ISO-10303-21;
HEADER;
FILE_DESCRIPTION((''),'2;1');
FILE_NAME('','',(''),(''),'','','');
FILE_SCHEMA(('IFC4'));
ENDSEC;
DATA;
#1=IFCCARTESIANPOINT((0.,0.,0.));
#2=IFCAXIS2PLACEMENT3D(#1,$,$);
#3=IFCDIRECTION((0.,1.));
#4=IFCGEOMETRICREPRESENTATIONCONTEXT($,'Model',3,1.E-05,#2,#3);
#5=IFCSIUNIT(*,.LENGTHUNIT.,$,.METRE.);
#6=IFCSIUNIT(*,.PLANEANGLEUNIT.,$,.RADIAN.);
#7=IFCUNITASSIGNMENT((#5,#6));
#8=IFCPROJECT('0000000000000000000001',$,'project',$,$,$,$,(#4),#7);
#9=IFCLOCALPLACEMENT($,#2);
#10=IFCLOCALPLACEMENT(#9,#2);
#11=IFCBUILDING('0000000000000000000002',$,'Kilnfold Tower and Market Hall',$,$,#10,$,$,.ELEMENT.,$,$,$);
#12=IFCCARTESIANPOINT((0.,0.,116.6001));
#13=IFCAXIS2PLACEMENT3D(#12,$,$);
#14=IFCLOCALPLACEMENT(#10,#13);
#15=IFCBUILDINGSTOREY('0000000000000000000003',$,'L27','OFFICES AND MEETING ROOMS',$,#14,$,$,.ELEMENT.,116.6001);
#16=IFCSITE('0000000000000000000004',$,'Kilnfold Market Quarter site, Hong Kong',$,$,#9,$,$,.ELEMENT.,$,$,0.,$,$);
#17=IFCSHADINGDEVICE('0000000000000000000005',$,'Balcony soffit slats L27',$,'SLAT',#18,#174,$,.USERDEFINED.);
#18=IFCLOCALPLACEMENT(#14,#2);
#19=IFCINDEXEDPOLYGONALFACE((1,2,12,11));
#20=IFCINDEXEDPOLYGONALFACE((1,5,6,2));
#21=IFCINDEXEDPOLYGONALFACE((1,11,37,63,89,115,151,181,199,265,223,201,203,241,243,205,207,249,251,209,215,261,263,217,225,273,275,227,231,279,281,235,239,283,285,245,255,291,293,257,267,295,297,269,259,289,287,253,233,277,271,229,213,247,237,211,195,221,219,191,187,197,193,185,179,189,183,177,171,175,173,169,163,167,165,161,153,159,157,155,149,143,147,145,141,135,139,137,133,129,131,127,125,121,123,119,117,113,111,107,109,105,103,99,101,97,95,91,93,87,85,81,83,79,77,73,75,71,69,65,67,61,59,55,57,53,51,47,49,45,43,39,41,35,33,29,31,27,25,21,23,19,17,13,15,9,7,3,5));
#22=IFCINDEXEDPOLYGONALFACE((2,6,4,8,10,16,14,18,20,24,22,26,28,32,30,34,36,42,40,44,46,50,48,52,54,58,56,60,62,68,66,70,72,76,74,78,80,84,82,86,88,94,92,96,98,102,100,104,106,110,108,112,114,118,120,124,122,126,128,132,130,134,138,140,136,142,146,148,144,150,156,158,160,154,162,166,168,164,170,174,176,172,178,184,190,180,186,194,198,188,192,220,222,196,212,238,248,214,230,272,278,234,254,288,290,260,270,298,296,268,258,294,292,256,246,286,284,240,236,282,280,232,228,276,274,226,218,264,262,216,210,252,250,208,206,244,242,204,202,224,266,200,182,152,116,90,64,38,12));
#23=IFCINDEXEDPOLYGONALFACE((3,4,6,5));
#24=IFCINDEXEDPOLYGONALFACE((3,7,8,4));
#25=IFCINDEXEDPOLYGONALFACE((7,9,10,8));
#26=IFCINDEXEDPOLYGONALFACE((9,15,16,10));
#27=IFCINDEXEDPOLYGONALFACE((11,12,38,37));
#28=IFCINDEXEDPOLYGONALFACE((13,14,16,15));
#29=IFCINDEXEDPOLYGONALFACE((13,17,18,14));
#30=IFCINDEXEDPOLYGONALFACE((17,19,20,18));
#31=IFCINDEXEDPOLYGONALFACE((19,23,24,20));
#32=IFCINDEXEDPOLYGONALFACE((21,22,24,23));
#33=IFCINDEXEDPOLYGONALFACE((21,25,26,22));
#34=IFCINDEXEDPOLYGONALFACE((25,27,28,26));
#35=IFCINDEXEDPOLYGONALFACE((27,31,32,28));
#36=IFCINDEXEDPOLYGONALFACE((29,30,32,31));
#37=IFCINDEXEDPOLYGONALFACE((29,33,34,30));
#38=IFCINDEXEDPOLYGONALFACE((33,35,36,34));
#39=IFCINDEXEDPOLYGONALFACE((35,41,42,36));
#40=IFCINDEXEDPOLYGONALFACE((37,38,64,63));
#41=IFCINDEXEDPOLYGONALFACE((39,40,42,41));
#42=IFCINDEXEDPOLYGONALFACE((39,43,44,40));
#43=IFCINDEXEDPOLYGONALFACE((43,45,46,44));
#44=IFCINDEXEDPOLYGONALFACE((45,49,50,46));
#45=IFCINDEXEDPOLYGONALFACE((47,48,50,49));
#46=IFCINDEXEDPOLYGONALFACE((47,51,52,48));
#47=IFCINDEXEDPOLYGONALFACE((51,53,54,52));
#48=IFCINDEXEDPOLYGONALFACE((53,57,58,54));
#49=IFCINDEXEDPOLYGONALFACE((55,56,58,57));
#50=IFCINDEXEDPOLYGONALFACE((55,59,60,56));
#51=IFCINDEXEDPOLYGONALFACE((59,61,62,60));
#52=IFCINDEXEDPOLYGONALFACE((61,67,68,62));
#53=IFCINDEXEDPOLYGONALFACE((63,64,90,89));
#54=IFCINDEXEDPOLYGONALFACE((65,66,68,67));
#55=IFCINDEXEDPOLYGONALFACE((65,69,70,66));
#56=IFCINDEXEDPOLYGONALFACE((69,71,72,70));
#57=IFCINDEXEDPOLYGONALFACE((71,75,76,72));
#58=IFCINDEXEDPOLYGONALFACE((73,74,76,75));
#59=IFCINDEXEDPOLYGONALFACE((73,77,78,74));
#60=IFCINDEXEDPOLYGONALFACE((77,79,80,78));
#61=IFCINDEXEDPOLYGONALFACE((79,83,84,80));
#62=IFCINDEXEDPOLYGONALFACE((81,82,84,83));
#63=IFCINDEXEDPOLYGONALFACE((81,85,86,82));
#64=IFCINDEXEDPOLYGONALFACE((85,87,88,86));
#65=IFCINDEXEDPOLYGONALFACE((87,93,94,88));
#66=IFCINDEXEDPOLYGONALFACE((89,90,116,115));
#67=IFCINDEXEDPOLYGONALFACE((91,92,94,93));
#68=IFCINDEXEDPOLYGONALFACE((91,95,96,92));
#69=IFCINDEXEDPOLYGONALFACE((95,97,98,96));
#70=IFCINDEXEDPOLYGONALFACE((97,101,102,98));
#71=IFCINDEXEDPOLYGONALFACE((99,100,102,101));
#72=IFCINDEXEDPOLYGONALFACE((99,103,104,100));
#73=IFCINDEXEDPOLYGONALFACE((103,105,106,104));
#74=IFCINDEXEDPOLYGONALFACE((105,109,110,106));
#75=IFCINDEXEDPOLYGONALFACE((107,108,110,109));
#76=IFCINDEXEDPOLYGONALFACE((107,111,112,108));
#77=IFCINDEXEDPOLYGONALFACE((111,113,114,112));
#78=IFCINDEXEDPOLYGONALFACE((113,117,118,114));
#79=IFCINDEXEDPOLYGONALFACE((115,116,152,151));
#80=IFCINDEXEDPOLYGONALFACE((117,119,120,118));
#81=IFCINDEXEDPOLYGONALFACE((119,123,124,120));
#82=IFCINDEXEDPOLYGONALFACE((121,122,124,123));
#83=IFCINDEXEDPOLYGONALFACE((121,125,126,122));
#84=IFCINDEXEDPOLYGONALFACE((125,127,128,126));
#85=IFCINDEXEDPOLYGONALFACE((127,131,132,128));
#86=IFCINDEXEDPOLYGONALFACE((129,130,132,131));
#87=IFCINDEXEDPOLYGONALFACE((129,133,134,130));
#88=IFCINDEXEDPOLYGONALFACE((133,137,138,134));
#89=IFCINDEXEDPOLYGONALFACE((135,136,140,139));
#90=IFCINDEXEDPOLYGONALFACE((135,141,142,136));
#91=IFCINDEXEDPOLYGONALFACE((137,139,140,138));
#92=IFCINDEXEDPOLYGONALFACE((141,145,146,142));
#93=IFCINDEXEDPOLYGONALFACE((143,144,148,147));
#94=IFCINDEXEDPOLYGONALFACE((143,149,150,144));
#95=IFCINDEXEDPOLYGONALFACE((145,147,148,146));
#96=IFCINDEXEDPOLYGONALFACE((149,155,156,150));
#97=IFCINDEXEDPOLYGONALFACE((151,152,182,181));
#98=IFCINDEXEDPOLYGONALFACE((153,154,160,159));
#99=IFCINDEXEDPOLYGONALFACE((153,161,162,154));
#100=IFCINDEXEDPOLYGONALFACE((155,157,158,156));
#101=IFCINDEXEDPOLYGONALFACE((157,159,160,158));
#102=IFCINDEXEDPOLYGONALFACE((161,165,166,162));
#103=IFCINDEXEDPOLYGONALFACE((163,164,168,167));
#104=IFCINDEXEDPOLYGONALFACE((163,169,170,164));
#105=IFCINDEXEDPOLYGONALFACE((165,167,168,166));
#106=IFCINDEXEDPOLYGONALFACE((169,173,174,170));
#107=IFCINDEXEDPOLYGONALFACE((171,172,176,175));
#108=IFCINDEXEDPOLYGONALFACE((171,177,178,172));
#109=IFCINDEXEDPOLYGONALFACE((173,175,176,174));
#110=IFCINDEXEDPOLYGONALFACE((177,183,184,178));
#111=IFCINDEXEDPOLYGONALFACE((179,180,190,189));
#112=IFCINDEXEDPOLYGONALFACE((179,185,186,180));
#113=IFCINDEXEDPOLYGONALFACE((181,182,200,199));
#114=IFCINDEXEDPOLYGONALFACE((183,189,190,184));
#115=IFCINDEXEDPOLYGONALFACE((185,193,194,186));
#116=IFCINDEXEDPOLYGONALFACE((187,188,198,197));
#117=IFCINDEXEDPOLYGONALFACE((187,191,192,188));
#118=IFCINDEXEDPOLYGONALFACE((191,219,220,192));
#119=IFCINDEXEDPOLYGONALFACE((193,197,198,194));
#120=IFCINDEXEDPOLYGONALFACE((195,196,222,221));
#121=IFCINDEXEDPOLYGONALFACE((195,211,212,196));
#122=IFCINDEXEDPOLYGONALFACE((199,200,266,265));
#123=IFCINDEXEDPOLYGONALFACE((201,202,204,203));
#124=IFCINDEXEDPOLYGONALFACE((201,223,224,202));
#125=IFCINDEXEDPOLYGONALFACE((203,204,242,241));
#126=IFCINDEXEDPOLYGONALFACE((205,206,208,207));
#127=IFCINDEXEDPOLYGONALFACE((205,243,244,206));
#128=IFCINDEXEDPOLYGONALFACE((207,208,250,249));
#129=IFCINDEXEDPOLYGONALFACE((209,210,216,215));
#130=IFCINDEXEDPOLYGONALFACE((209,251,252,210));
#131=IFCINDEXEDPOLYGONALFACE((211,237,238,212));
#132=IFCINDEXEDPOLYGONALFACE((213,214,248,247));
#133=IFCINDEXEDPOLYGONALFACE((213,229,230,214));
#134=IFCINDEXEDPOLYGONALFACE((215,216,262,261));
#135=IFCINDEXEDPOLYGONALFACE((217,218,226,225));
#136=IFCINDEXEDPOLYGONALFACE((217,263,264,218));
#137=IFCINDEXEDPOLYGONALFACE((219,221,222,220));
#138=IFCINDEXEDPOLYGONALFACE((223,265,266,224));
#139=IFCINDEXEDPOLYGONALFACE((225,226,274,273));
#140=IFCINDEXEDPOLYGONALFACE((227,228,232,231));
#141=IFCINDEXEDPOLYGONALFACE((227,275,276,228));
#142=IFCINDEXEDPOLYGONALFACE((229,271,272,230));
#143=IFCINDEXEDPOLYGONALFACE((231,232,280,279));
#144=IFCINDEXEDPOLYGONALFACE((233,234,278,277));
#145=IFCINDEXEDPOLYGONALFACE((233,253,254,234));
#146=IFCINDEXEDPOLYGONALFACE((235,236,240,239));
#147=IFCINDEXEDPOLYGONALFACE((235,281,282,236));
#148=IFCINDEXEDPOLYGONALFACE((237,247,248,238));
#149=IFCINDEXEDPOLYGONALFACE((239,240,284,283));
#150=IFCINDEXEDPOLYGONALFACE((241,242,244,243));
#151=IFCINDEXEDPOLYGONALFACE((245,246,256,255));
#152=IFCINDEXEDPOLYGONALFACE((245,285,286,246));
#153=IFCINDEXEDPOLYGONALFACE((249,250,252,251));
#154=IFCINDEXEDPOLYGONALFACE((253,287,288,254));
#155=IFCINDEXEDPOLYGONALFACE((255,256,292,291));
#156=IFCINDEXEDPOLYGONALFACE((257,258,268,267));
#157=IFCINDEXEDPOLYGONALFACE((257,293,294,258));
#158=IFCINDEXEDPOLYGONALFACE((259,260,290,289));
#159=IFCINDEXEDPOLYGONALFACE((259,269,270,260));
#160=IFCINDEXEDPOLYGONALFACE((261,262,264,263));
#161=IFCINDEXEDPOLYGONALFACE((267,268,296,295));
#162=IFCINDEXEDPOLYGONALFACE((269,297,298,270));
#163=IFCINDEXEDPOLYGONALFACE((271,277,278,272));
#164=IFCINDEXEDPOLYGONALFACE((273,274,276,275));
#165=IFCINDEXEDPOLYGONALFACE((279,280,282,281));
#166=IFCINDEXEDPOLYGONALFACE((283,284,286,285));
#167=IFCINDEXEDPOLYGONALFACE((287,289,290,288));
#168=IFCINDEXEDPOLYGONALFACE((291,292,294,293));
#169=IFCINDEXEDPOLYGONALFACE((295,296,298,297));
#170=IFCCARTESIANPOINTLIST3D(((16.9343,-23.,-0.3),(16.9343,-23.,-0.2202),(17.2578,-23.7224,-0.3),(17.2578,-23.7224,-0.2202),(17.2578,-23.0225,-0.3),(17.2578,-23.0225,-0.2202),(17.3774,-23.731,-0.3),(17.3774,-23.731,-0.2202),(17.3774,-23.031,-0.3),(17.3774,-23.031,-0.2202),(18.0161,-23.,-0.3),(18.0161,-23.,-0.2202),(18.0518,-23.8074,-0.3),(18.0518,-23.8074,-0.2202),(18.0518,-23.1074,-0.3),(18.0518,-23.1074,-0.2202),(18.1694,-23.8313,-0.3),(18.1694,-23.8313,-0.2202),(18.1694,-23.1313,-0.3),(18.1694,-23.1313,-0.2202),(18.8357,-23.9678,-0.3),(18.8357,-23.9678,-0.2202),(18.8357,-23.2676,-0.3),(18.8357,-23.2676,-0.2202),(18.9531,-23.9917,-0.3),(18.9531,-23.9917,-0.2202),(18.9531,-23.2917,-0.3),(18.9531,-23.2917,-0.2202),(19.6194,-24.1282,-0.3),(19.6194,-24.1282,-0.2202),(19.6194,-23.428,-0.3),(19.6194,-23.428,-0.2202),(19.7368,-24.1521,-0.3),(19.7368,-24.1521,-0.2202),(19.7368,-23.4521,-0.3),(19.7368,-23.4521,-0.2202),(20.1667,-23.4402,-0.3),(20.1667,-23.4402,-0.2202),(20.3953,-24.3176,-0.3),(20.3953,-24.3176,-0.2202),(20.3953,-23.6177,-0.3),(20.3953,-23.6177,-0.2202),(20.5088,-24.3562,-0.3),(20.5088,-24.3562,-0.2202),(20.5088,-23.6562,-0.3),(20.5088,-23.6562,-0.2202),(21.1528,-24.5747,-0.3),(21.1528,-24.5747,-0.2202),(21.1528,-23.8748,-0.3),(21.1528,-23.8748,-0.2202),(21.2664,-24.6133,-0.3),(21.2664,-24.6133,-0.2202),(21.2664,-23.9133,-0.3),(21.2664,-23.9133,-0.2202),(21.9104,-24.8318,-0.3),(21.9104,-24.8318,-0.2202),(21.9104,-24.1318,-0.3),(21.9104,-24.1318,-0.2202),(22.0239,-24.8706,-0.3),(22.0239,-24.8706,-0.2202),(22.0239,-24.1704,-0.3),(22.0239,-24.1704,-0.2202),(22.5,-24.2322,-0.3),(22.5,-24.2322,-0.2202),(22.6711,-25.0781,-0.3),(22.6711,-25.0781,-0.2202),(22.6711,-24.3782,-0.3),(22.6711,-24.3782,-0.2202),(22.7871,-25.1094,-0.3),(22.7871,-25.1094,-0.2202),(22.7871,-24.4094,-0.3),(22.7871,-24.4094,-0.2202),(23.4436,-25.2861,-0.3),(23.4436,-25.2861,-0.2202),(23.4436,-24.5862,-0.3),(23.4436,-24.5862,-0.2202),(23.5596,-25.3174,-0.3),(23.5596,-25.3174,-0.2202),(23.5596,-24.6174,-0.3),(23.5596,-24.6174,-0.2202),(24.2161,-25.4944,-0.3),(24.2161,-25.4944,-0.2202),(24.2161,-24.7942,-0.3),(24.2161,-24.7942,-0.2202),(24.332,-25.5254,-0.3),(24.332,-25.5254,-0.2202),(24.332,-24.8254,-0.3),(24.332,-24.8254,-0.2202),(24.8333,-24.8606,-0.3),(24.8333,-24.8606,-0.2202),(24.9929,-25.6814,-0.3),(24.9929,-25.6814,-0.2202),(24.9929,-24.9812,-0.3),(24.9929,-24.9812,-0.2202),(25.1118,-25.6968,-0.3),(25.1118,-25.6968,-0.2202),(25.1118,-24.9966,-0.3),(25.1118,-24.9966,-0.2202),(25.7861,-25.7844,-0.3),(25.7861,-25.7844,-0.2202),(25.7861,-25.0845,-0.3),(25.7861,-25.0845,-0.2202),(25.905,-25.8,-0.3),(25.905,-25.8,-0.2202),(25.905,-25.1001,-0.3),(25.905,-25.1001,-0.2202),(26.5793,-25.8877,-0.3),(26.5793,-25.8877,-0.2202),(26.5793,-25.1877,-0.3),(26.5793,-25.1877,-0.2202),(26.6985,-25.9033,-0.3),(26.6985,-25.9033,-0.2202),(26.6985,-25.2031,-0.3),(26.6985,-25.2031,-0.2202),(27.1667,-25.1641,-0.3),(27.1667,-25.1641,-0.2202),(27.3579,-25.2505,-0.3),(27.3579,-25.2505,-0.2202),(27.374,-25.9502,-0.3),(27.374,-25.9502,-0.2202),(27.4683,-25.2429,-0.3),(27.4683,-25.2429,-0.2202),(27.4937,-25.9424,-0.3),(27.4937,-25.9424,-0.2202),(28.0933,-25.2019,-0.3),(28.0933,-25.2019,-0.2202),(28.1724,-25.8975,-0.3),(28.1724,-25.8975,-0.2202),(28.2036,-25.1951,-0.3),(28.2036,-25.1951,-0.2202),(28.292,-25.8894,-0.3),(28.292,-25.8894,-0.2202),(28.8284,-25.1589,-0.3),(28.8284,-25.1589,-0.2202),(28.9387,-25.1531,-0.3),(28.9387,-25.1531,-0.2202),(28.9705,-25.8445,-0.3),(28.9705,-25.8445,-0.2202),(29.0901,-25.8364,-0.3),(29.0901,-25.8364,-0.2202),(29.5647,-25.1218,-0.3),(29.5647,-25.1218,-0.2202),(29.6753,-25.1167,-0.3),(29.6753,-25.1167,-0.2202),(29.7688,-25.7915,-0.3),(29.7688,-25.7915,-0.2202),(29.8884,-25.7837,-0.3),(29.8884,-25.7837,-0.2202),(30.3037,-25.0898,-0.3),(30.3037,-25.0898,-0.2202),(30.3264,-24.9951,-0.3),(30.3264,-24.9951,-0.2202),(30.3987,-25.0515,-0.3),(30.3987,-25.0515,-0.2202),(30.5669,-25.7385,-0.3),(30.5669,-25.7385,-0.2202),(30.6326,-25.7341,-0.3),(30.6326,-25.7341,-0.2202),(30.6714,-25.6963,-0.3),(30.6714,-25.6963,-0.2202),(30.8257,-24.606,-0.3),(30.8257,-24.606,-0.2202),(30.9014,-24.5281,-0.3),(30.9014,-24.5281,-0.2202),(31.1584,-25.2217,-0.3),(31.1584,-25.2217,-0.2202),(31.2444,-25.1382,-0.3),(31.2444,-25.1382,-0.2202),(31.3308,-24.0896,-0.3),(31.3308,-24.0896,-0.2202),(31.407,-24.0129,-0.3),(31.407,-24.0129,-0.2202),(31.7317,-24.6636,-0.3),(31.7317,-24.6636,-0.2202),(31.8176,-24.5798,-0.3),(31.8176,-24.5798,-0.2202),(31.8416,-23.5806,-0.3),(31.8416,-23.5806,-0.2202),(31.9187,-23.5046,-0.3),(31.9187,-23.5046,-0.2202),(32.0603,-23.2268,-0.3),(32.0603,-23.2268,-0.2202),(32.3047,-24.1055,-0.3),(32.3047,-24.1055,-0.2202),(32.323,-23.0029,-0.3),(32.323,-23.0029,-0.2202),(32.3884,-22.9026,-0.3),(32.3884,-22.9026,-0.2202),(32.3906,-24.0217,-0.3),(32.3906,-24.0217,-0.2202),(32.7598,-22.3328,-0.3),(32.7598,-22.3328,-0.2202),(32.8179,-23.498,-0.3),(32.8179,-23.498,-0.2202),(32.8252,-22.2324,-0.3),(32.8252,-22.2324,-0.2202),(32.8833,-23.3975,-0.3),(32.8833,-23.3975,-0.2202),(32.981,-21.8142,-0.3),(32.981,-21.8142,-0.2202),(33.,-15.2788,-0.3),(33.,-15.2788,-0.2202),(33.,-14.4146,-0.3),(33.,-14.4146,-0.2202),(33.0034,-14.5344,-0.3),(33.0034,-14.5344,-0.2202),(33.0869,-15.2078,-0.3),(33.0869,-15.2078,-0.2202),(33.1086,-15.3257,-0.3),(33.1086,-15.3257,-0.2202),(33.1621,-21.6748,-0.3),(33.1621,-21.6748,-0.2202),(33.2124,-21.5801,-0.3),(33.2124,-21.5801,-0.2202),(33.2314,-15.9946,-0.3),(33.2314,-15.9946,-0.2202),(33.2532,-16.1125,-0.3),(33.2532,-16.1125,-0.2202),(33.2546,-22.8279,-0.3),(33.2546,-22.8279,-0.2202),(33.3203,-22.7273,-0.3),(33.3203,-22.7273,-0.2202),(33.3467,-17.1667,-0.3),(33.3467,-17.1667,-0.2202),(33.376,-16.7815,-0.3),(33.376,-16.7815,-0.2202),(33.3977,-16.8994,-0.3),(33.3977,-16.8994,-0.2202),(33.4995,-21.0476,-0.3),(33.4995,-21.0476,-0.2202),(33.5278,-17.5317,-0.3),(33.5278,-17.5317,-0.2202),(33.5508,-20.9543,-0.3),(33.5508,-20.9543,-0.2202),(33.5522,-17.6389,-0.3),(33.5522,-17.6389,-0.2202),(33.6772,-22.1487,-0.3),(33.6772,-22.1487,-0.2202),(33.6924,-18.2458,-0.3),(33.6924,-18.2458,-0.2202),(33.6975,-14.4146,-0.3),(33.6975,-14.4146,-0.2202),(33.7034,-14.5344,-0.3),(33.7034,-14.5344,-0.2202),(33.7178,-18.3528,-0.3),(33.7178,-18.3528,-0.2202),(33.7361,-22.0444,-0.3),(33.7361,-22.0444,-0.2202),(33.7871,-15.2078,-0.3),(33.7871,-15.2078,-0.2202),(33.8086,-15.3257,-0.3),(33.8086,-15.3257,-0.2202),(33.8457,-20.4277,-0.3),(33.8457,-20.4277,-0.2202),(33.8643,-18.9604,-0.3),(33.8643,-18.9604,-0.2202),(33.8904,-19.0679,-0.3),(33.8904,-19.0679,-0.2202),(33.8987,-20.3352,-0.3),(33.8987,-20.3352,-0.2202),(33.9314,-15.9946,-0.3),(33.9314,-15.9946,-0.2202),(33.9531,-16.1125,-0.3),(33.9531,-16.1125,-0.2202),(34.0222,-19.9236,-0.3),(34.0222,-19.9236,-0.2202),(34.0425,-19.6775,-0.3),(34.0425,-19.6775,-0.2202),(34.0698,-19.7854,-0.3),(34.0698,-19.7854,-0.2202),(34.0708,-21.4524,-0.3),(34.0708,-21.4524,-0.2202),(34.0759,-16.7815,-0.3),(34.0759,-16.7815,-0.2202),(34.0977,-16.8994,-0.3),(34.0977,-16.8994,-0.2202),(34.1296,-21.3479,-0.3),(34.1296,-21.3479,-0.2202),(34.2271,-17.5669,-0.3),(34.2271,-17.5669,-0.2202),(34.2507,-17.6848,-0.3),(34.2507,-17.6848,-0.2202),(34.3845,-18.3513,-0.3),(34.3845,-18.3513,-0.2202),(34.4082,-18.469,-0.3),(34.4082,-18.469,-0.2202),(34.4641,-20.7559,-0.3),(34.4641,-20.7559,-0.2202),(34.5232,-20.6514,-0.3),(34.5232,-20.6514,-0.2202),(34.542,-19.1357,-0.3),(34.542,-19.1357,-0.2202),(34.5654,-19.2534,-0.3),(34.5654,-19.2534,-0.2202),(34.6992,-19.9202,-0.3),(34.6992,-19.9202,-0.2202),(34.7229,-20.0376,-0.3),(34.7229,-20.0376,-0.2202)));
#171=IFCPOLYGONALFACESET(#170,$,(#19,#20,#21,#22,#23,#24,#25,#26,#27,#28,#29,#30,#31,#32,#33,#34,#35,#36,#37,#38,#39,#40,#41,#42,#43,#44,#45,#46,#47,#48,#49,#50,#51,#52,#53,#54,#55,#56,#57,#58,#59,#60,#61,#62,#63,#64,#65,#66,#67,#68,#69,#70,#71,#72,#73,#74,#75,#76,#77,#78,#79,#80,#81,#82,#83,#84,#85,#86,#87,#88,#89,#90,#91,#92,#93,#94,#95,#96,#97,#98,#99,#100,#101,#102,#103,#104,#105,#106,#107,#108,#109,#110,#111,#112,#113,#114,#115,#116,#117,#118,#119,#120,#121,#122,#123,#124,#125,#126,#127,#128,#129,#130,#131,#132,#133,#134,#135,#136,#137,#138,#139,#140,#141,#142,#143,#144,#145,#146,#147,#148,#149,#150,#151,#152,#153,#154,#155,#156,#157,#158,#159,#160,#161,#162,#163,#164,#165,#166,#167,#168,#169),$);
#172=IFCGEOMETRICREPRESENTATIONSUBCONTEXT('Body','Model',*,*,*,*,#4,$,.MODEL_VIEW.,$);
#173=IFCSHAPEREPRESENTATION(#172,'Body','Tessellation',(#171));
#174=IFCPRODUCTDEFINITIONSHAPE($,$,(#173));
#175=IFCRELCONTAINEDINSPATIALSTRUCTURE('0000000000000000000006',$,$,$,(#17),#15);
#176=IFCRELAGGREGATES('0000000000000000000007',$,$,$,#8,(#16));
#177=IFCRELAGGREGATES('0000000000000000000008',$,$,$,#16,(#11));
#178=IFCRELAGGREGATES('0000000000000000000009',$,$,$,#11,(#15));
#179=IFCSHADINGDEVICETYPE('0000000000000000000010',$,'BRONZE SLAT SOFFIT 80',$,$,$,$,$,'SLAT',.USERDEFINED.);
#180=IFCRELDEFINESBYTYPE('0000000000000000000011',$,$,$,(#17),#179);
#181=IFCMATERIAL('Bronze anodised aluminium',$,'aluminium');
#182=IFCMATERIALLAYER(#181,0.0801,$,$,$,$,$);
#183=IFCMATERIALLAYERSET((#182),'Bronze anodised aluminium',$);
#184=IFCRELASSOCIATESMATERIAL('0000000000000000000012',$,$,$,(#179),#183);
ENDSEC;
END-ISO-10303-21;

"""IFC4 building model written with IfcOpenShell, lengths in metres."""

from ifc_helpers import new_model, si_unit, direction, frame, origin, place, context, subcontext, project, spatial, polyline, outline, extrude, source, transform, mapped, material, layer, layer_set, type_object, element, save


model = new_model("IFC4")

# Units and contexts
model_context = context("Model", 3, precision=1e-05, world=origin(), true_north=direction((0.0, 1.0)))
body_context = subcontext(model_context, "Body", "Model", "MODEL_VIEW")
ifc_project = project(units=[si_unit("LENGTHUNIT", "METRE"), si_unit("PLANEANGLEUNIT", "RADIAN")], contexts=[model_context])

# Site, building, storey
site_placement = place(None, origin())
site = spatial("IfcSite", under=ifc_project, at=site_placement, Name="Kilnfold Market Quarter site, Hong Kong", CompositionType="ELEMENT", RefElevation=0.0)
building_placement = place(site_placement, origin())
building = spatial("IfcBuilding", under=site, at=building_placement, Name="Kilnfold Tower and Market Hall", CompositionType="ELEMENT")
storey_placement = place(building_placement, frame((0.0, 0.0, 116.6001)))
storey = spatial("IfcBuildingStorey", under=building, at=storey_placement, Name="L27", Description="OFFICES AND MEETING ROOMS", CompositionType="ELEMENT", Elevation=116.6001)

# Shading device
ifc_material_1 = material(Name="Bronze anodised aluminium", Category="aluminium")
ifc_layer_1 = layer(ifc_material_1, 0.0801)
ifc_layer_set_1 = layer_set([ifc_layer_1], Name="Bronze anodised aluminium")
shading_device_type_1 = type_object("IfcShadingDeviceType", Name="BRONZE SLAT SOFFIT 80", ElementType="SLAT", PredefinedType="USERDEFINED", material=ifc_layer_set_1)
shared_shape_1 = source(origin(), body_context, "Body", "SweptSolid", [
    extrude(outline(polyline([(20.1667, -23.4402), (22.5, -24.2322), (24.8333, -24.8606), (27.1667, -25.1641), (30.3264, -24.9951), (32.0603, -23.2268), (32.981, -21.8142), (34.0222, -19.9236), (33.3467, -17.1667), (33.0, -15.2788), (33.0, -14.4146), (33.6975, -14.4146), (33.7034, -14.5344), (33.0034, -14.5344), (33.0869, -15.2078), (33.7871, -15.2078), (33.8086, -15.3257), (33.1086, -15.3257), (33.2314, -15.9946), (33.9314, -15.9946), (33.9531, -16.1125), (33.2532, -16.1125), (33.376, -16.7815), (34.0759, -16.7815), (34.0977, -16.8994), (33.3977, -16.8994), (33.5278, -17.5317), (34.2271, -17.5669), (34.2507, -17.6848), (33.5522, -17.6389), (33.6924, -18.2458), (34.3845, -18.3513), (34.4082, -18.469), (33.7178, -18.3528), (33.8643, -18.9604), (34.542, -19.1357), (34.5654, -19.2534), (33.8904, -19.0679), (34.0425, -19.6775), (34.6992, -19.9202), (34.7229, -20.0376), (34.0698, -19.7854), (33.8987, -20.3352), (34.5232, -20.6514), (34.4641, -20.7559), (33.8457, -20.4277), (33.5508, -20.9543), (34.1296, -21.3479), (34.0708, -21.4524), (33.4995, -21.0476), (33.2124, -21.5801), (33.7361, -22.0444), (33.6772, -22.1487), (33.1621, -21.6748), (32.8252, -22.2324), (33.3203, -22.7273), (33.2546, -22.8279), (32.7598, -22.3328), (32.3884, -22.9026), (32.8833, -23.3975), (32.8179, -23.498), (32.323, -23.0029), (31.9187, -23.5046), (32.3906, -24.0217), (32.3047, -24.1055), (31.8416, -23.5806), (31.407, -24.0129), (31.8176, -24.5798), (31.7317, -24.6636), (31.3308, -24.0896), (30.9014, -24.5281), (31.2444, -25.1382), (31.1584, -25.2217), (30.8257, -24.606), (30.3987, -25.0515), (30.6714, -25.6963), (30.6326, -25.7341), (30.5669, -25.7385), (30.3037, -25.0898), (29.6753, -25.1167), (29.8884, -25.7837), (29.7688, -25.7915), (29.5647, -25.1218), (28.9387, -25.1531), (29.0901, -25.8364), (28.9705, -25.8445), (28.8284, -25.1589), (28.2036, -25.1951), (28.292, -25.8894), (28.1724, -25.8975), (28.0933, -25.2019), (27.4683, -25.2429), (27.4937, -25.9424), (27.374, -25.9502), (27.3579, -25.2505), (26.6985, -25.2031), (26.6985, -25.9033), (26.5793, -25.8877), (26.5793, -25.1877), (25.905, -25.1001), (25.905, -25.8), (25.7861, -25.7844), (25.7861, -25.0845), (25.1118, -24.9966), (25.1118, -25.6968), (24.9929, -25.6814), (24.9929, -24.9812), (24.332, -24.8254), (24.332, -25.5254), (24.2161, -25.4944), (24.2161, -24.7942), (23.5596, -24.6174), (23.5596, -25.3174), (23.4436, -25.2861), (23.4436, -24.5862), (22.7871, -24.4094), (22.7871, -25.1094), (22.6711, -25.0781), (22.6711, -24.3782), (22.0239, -24.1704), (22.0239, -24.8706), (21.9104, -24.8318), (21.9104, -24.1318), (21.2664, -23.9133), (21.2664, -24.6133), (21.1528, -24.5747), (21.1528, -23.8748), (20.5088, -23.6562), (20.5088, -24.3562), (20.3953, -24.3176), (20.3953, -23.6177), (19.7368, -23.4521), (19.7368, -24.1521), (19.6194, -24.1282), (19.6194, -23.428), (18.9531, -23.2917), (18.9531, -23.9917), (18.8357, -23.9678), (18.8357, -23.2676), (18.1694, -23.1313), (18.1694, -23.8313), (18.0518, -23.8074), (18.0518, -23.1074), (17.3774, -23.031), (17.3774, -23.731), (17.2578, -23.7224), (17.2578, -23.0225), (16.9343, -23.0), (18.0161, -23.0), (20.1667, -23.4402)])), origin(), (0.0, 0.0, 1.0), 0.0798),
])
shading_device_1_placement = place(storey_placement, frame((0.0, 0.0, -0.3)))
element("IfcShadingDevice", 1, at=shading_device_1_placement, inside=storey, type_object=shading_device_type_1, Name="Balcony soffit slats L27", ObjectType="SLAT", PredefinedType="USERDEFINED", context=body_context, shape_type="MappedRepresentation", body=[
    mapped(shared_shape_1, transform((0.0, 0.0, 0.0))),
])

save(model, "model.ifc")
